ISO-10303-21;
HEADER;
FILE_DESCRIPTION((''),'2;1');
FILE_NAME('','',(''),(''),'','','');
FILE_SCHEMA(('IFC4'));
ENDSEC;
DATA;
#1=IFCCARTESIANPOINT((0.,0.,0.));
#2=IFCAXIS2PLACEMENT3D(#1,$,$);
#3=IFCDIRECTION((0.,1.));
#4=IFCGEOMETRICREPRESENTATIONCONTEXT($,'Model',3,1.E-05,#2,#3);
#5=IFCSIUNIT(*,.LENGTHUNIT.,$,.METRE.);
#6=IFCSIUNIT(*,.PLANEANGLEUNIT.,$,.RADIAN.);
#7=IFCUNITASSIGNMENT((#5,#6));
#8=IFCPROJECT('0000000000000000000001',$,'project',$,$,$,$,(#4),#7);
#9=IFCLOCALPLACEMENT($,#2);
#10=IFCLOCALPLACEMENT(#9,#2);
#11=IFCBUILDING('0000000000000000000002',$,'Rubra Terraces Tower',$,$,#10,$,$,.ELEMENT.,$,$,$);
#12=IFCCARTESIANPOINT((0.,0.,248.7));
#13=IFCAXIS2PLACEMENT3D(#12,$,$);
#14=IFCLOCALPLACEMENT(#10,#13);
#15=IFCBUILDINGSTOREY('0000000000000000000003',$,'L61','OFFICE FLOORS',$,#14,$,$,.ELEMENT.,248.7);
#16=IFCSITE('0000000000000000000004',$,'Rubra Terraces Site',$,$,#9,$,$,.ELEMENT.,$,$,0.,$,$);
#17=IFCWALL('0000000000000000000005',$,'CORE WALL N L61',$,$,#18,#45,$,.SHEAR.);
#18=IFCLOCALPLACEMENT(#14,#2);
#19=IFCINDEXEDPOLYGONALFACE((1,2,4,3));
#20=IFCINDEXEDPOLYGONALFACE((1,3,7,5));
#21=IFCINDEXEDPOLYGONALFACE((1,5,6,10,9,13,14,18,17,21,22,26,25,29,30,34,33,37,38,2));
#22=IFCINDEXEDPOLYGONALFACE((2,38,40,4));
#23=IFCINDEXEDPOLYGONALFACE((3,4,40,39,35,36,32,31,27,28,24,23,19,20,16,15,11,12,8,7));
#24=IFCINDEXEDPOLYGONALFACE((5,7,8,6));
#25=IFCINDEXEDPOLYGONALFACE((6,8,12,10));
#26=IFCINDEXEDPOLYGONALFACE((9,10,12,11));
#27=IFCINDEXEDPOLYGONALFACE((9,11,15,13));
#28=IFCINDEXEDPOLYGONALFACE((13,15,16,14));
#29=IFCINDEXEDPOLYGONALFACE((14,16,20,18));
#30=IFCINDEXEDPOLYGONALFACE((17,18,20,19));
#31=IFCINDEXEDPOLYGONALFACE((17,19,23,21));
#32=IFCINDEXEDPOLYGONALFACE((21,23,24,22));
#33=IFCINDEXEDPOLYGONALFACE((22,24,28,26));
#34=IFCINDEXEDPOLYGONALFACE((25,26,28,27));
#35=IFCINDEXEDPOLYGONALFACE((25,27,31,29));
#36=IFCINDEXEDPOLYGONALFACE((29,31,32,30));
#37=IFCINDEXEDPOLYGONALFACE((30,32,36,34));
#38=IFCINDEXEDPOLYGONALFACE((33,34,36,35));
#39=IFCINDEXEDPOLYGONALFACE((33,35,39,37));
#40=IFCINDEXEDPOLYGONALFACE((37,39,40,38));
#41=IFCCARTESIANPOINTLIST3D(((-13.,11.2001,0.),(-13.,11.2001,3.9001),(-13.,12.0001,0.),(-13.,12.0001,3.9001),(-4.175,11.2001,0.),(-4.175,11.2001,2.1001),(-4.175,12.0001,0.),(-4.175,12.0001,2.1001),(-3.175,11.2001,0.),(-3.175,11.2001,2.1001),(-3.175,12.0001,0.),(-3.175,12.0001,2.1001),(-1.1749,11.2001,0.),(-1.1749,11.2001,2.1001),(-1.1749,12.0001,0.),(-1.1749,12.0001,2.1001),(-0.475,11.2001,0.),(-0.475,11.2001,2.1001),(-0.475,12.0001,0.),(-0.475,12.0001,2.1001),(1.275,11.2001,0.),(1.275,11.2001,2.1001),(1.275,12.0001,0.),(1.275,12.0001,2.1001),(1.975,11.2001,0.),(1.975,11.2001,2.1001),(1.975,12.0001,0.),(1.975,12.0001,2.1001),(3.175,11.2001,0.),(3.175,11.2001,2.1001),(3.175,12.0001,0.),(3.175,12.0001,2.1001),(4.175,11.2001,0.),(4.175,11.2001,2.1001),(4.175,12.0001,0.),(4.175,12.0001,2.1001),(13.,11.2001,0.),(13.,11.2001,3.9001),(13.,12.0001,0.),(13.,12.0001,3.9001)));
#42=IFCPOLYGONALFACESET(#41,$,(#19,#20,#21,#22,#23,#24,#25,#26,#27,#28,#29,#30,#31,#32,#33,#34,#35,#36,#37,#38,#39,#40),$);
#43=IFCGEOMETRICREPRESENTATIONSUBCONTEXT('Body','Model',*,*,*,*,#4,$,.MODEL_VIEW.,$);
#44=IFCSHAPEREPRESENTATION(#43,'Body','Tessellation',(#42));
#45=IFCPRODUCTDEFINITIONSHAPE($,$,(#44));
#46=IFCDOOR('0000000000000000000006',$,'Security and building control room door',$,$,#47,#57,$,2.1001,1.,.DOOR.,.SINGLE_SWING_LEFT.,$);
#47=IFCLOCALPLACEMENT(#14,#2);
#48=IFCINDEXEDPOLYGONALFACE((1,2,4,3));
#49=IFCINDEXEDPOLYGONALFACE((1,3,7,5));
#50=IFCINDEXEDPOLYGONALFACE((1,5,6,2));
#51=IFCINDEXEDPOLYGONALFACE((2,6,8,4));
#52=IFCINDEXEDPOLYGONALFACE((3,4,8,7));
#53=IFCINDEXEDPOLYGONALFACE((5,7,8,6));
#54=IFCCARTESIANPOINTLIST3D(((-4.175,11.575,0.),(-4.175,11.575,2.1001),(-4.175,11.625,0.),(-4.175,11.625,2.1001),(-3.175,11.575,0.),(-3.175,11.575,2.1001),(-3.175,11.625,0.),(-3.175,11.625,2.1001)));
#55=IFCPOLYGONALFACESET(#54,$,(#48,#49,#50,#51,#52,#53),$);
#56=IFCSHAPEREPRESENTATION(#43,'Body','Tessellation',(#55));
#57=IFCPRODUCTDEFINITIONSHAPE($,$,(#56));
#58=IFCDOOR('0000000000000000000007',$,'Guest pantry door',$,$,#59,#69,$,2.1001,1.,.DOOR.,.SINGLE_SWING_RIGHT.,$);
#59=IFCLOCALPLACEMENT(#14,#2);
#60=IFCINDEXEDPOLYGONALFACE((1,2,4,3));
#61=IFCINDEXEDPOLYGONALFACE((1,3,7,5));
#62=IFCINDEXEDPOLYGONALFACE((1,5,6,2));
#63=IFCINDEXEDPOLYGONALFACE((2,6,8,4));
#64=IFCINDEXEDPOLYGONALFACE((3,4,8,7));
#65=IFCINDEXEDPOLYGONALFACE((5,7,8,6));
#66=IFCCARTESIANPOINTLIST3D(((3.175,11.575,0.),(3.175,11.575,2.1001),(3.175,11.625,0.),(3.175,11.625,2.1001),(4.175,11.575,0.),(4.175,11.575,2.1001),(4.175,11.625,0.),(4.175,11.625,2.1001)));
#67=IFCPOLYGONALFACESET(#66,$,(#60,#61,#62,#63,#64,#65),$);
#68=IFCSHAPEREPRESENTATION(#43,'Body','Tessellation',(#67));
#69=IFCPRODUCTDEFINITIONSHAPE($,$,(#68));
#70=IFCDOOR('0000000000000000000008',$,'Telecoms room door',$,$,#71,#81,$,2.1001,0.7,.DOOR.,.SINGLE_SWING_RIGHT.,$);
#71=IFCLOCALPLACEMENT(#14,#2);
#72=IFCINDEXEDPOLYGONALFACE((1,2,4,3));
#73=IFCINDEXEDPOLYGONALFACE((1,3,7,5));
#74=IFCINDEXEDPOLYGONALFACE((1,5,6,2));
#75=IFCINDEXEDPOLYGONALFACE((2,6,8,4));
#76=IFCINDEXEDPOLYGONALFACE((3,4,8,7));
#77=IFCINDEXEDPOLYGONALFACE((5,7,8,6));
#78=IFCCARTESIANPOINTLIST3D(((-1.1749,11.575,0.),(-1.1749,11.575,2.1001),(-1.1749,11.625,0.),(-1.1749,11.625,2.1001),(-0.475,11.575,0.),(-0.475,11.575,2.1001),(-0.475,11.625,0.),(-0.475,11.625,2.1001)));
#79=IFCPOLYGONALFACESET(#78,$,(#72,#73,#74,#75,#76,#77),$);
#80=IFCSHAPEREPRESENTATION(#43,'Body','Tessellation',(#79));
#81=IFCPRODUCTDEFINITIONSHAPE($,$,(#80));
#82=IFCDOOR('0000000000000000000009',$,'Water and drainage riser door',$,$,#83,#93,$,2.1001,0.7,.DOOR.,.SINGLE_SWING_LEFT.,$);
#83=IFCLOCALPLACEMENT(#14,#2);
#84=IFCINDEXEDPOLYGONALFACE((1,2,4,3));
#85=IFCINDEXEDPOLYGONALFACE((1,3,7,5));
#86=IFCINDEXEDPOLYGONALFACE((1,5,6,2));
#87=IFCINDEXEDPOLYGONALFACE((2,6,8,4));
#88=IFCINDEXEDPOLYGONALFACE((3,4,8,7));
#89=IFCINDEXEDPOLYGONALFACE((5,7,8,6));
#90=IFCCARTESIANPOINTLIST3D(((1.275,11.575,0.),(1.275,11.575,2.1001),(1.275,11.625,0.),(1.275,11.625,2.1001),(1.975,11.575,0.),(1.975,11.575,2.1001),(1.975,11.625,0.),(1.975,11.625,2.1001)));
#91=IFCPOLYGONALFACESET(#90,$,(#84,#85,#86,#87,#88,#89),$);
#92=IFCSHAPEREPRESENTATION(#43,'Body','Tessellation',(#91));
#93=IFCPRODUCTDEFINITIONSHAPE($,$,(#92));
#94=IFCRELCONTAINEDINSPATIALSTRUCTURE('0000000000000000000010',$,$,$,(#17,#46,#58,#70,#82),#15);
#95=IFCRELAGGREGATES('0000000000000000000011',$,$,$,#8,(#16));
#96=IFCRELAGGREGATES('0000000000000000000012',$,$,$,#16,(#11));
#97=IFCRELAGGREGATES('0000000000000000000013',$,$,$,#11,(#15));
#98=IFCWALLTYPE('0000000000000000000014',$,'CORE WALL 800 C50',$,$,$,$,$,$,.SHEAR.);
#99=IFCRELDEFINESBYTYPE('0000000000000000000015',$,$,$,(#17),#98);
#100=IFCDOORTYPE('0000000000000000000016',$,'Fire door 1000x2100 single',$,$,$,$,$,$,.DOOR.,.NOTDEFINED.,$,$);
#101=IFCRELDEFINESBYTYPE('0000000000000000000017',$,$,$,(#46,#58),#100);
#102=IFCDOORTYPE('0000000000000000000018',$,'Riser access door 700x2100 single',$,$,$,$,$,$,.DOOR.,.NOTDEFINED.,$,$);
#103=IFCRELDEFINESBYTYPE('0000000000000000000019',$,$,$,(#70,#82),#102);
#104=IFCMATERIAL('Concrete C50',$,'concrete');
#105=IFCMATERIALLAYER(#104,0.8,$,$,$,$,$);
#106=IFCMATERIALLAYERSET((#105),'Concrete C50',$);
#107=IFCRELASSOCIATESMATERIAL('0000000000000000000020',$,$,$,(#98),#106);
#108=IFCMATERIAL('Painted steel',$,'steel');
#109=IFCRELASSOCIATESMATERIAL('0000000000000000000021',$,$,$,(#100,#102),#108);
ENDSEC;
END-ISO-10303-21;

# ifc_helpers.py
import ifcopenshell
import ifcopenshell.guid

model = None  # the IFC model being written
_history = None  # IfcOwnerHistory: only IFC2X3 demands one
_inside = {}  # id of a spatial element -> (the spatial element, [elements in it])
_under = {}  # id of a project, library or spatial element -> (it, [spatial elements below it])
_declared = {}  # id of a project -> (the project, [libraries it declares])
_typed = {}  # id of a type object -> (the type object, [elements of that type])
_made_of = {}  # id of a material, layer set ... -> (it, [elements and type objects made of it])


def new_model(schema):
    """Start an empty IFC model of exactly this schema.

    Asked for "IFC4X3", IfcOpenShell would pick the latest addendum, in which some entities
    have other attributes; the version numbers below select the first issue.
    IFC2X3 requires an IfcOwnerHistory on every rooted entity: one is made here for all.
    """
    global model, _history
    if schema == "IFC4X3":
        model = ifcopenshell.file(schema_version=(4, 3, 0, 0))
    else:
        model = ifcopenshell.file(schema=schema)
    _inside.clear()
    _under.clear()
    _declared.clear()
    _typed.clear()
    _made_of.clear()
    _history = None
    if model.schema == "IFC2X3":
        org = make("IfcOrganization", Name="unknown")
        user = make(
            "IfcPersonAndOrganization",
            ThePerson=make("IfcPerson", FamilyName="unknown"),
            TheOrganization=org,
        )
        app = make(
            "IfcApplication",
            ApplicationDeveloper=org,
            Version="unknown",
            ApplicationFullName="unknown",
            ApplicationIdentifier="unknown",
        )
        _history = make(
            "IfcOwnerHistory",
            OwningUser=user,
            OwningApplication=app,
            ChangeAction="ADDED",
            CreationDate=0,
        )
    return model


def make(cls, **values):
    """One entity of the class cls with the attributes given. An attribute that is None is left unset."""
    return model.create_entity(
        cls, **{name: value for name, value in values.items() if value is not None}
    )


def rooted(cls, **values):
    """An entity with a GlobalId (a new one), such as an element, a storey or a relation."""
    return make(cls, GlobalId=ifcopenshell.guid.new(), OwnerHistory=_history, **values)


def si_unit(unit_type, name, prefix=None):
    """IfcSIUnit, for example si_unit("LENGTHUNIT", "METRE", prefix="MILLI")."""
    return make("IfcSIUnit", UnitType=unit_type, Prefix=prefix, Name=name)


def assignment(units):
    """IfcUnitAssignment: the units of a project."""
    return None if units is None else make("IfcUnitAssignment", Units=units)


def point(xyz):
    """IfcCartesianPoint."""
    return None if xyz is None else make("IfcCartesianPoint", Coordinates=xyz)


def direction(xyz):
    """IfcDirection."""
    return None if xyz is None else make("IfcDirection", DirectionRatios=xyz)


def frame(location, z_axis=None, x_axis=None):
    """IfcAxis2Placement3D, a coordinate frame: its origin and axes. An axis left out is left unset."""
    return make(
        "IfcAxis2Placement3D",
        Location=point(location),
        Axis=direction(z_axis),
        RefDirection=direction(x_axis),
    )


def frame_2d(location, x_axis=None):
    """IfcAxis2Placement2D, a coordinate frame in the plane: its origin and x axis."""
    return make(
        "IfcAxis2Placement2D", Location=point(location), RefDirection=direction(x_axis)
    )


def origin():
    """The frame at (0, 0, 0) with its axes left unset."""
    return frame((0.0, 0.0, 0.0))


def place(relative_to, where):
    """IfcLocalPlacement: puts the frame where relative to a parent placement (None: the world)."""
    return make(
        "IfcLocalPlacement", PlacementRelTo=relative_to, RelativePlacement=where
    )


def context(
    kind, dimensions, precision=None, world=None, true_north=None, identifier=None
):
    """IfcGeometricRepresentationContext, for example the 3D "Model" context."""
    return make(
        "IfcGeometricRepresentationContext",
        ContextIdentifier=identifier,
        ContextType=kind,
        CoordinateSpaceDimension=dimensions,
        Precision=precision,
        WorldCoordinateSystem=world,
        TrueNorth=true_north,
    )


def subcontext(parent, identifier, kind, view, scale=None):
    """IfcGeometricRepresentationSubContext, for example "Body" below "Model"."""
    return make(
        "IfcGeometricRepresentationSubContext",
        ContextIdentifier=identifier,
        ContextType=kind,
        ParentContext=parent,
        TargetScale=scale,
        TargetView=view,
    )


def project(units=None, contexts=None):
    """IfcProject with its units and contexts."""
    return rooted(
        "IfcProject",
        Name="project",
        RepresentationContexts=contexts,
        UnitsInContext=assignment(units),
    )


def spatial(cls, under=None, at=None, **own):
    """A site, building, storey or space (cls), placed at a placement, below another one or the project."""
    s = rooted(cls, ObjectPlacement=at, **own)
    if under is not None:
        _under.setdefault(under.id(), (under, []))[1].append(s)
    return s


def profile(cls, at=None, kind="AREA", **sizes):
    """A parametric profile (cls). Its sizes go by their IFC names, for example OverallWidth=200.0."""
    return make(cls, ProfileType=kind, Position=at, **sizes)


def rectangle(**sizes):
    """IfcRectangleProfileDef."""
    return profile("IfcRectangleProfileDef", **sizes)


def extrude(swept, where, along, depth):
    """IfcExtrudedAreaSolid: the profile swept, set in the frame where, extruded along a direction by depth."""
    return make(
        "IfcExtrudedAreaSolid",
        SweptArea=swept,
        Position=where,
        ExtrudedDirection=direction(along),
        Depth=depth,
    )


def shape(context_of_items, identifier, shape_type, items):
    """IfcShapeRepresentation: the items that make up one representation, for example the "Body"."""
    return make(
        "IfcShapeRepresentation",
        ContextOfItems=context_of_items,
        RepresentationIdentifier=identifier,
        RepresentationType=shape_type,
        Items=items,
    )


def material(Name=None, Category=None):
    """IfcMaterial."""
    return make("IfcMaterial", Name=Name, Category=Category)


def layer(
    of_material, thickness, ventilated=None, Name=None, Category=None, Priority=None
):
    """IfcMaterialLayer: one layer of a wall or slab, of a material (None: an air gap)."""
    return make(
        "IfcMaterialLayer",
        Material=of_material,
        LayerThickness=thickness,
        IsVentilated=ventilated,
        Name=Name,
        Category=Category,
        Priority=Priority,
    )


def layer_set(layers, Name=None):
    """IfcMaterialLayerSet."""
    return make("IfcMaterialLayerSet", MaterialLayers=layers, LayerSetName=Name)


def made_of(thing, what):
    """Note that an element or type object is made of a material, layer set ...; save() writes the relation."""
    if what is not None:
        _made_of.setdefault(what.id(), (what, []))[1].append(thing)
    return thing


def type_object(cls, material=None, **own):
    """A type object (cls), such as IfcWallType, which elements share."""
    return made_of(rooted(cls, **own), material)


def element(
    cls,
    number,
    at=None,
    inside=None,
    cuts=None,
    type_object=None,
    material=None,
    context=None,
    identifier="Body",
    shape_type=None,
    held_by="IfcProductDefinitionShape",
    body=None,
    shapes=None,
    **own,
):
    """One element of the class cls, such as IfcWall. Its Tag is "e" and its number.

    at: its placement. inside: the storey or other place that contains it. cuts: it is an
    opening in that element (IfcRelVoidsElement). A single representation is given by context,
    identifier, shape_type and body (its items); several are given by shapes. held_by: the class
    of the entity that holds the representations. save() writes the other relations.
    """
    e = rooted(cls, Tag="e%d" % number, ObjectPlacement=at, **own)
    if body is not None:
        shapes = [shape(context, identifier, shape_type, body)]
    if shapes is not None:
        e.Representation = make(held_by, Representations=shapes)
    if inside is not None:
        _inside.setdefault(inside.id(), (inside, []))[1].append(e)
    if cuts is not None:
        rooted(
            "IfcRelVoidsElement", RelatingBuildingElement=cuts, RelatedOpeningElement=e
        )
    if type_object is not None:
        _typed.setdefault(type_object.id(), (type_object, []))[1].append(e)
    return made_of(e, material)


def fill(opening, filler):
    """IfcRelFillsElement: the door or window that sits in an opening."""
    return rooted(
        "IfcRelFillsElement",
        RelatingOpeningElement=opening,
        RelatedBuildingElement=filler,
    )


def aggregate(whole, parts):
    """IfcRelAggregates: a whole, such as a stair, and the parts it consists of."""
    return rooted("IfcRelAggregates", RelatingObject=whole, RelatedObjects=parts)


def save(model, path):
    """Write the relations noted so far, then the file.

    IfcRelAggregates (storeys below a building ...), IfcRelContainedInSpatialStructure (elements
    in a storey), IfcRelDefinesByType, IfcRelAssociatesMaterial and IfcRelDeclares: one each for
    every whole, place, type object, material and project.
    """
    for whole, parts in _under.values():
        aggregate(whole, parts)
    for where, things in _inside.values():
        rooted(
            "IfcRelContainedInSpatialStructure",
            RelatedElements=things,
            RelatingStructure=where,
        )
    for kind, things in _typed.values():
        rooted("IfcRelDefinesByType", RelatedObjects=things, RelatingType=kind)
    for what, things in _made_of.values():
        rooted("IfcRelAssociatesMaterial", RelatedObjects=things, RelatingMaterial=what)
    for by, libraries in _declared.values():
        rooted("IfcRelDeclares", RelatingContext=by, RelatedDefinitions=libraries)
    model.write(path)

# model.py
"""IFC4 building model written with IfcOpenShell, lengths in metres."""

from ifc_helpers import new_model, si_unit, direction, frame, frame_2d, origin, place, context, subcontext, project, spatial, rectangle, extrude, material, layer, layer_set, type_object, element, fill, save


model = new_model("IFC4")

# Units and contexts
model_context = context("Model", 3, precision=1e-05, world=origin(), true_north=direction((0.0, 1.0)))
body_context = subcontext(model_context, "Body", "Model", "MODEL_VIEW")
ifc_project = project(units=[si_unit("LENGTHUNIT", "METRE"), si_unit("PLANEANGLEUNIT", "RADIAN")], contexts=[model_context])

# Site, building, storey
site_placement = place(None, origin())
site = spatial("IfcSite", under=ifc_project, at=site_placement, Name="Rubra Terraces Site", CompositionType="ELEMENT", RefElevation=0.0)
building_placement = place(site_placement, origin())
building = spatial("IfcBuilding", under=site, at=building_placement, Name="Rubra Terraces Tower", CompositionType="ELEMENT")
storey_placement = place(building_placement, frame((0.0, 0.0, 248.7)))
storey = spatial("IfcBuildingStorey", under=building, at=storey_placement, Name="L61", Description="OFFICE FLOORS", CompositionType="ELEMENT", Elevation=248.7)

# Shared definitions
ifc_material_1 = material(Name="Concrete C50", Category="concrete")

# Wall, openings, doors
ifc_layer_1 = layer(ifc_material_1, 0.8)
ifc_layer_set_1 = layer_set([ifc_layer_1], Name="Concrete C50")
wall_type_1 = type_object("IfcWallType", Name="CORE WALL 800 C50", PredefinedType="SHEAR", material=ifc_layer_set_1)
wall_1_placement = place(storey_placement, frame((-13.0, 11.6001, 0.0), z_axis=(0.0, 0.0, 1.0), x_axis=(1.0, 0.0, 0.0)))
wall_1 = element("IfcWall", 1, at=wall_1_placement, inside=storey, type_object=wall_type_1, Name="CORE WALL N L61", PredefinedType="SHEAR", context=body_context, shape_type="SweptSolid", body=[
    extrude(rectangle(XDim=26.0, YDim=0.8, at=frame_2d((13.0, 0.0))), origin(), (0.0, 0.0, 1.0), 3.9001),
])
opening_1_placement = place(wall_1_placement, frame((8.825, 0.0, 0.0)))
opening_1 = element("IfcOpeningElement", 2, at=opening_1_placement, cuts=wall_1, PredefinedType="OPENING", context=body_context, shape_type="SweptSolid", body=[
    extrude(rectangle(XDim=1.0, YDim=2.1001, at=frame_2d((0.5, 1.05))), frame((0.0, 0.4099, 0.0), z_axis=(0.0, -1.0, 0.0), x_axis=(1.0, 0.0, 0.0)), (0.0, 0.0, 1.0), 0.8201),
])
opening_2_placement = place(wall_1_placement, frame((11.825, 0.0, 0.0)))
opening_2 = element("IfcOpeningElement", 3, at=opening_2_placement, cuts=wall_1, PredefinedType="OPENING", context=body_context, shape_type="SweptSolid", body=[
    extrude(rectangle(XDim=0.7, YDim=2.1001, at=frame_2d((0.3501, 1.05))), frame((0.0, 0.4099, 0.0), z_axis=(0.0, -1.0, 0.0), x_axis=(1.0, 0.0, 0.0)), (0.0, 0.0, 1.0), 0.8201),
])
opening_3_placement = place(wall_1_placement, frame((14.2749, 0.0, 0.0)))
opening_3 = element("IfcOpeningElement", 4, at=opening_3_placement, cuts=wall_1, PredefinedType="OPENING", context=body_context, shape_type="SweptSolid", body=[
    extrude(rectangle(XDim=0.7, YDim=2.1001, at=frame_2d((0.3501, 1.05))), frame((0.0, 0.4099, 0.0), z_axis=(0.0, -1.0, 0.0), x_axis=(1.0, 0.0, 0.0)), (0.0, 0.0, 1.0), 0.8201),
])
opening_4_placement = place(wall_1_placement, frame((16.175, 0.0, 0.0)))
opening_4 = element("IfcOpeningElement", 5, at=opening_4_placement, cuts=wall_1, PredefinedType="OPENING", context=body_context, shape_type="SweptSolid", body=[
    extrude(rectangle(XDim=1.0, YDim=2.1001, at=frame_2d((0.5, 1.05))), frame((0.0, 0.4099, 0.0), z_axis=(0.0, -1.0, 0.0), x_axis=(1.0, 0.0, 0.0)), (0.0, 0.0, 1.0), 0.8201),
])
ifc_material_2 = material(Name="Painted steel", Category="steel")
door_type_1 = type_object("IfcDoorType", Name="Fire door 1000x2100 single", OperationType="NOTDEFINED", PredefinedType="DOOR", material=ifc_material_2)
door_1_placement = place(opening_1_placement, origin())
door_1 = element("IfcDoor", 6, at=door_1_placement, inside=storey, type_object=door_type_1, Name="Security and building control room door", OperationType="SINGLE_SWING_LEFT", OverallHeight=2.1001, OverallWidth=1.0, PredefinedType="DOOR", context=body_context, shape_type="SweptSolid", body=[
    extrude(rectangle(XDim=1.0, YDim=2.1001, at=frame_2d((0.5, 1.05))), frame((0.0, 0.0249, 0.0), z_axis=(0.0, -1.0, 0.0), x_axis=(1.0, 0.0, 0.0)), (0.0, 0.0, 1.0), 0.05),
])
fill(opening_1, door_1)
door_2_placement = place(opening_4_placement, origin())
door_2 = element("IfcDoor", 7, at=door_2_placement, inside=storey, type_object=door_type_1, Name="Guest pantry door", OperationType="SINGLE_SWING_RIGHT", OverallHeight=2.1001, OverallWidth=1.0, PredefinedType="DOOR", context=body_context, shape_type="SweptSolid", body=[
    extrude(rectangle(XDim=1.0, YDim=2.1001, at=frame_2d((0.5, 1.05))), frame((0.0, 0.0249, 0.0), z_axis=(0.0, -1.0, 0.0), x_axis=(1.0, 0.0, 0.0)), (0.0, 0.0, 1.0), 0.05),
])
fill(opening_4, door_2)
door_type_2 = type_object("IfcDoorType", Name="Riser access door 700x2100 single", OperationType="NOTDEFINED", PredefinedType="DOOR", material=ifc_material_2)
door_3_placement = place(opening_2_placement, origin())
door_3 = element("IfcDoor", 8, at=door_3_placement, inside=storey, type_object=door_type_2, Name="Telecoms room door", OperationType="SINGLE_SWING_RIGHT", OverallHeight=2.1001, OverallWidth=0.7, PredefinedType="DOOR", context=body_context, shape_type="SweptSolid", body=[
    extrude(rectangle(XDim=0.7, YDim=2.1001, at=frame_2d((0.3501, 1.05))), frame((0.0, 0.0249, 0.0), z_axis=(0.0, -1.0, 0.0), x_axis=(1.0, 0.0, 0.0)), (0.0, 0.0, 1.0), 0.05),
])
fill(opening_2, door_3)
door_4_placement = place(opening_3_placement, origin())
door_4 = element("IfcDoor", 9, at=door_4_placement, inside=storey, type_object=door_type_2, Name="Water and drainage riser door", OperationType="SINGLE_SWING_LEFT", OverallHeight=2.1001, OverallWidth=0.7, PredefinedType="DOOR", context=body_context, shape_type="SweptSolid", body=[
    extrude(rectangle(XDim=0.7, YDim=2.1001, at=frame_2d((0.3501, 1.05))), frame((0.0, 0.0249, 0.0), z_axis=(0.0, -1.0, 0.0), x_axis=(1.0, 0.0, 0.0)), (0.0, 0.0, 1.0), 0.05),
])
fill(opening_3, door_4)

save(model, "model.ifc")
